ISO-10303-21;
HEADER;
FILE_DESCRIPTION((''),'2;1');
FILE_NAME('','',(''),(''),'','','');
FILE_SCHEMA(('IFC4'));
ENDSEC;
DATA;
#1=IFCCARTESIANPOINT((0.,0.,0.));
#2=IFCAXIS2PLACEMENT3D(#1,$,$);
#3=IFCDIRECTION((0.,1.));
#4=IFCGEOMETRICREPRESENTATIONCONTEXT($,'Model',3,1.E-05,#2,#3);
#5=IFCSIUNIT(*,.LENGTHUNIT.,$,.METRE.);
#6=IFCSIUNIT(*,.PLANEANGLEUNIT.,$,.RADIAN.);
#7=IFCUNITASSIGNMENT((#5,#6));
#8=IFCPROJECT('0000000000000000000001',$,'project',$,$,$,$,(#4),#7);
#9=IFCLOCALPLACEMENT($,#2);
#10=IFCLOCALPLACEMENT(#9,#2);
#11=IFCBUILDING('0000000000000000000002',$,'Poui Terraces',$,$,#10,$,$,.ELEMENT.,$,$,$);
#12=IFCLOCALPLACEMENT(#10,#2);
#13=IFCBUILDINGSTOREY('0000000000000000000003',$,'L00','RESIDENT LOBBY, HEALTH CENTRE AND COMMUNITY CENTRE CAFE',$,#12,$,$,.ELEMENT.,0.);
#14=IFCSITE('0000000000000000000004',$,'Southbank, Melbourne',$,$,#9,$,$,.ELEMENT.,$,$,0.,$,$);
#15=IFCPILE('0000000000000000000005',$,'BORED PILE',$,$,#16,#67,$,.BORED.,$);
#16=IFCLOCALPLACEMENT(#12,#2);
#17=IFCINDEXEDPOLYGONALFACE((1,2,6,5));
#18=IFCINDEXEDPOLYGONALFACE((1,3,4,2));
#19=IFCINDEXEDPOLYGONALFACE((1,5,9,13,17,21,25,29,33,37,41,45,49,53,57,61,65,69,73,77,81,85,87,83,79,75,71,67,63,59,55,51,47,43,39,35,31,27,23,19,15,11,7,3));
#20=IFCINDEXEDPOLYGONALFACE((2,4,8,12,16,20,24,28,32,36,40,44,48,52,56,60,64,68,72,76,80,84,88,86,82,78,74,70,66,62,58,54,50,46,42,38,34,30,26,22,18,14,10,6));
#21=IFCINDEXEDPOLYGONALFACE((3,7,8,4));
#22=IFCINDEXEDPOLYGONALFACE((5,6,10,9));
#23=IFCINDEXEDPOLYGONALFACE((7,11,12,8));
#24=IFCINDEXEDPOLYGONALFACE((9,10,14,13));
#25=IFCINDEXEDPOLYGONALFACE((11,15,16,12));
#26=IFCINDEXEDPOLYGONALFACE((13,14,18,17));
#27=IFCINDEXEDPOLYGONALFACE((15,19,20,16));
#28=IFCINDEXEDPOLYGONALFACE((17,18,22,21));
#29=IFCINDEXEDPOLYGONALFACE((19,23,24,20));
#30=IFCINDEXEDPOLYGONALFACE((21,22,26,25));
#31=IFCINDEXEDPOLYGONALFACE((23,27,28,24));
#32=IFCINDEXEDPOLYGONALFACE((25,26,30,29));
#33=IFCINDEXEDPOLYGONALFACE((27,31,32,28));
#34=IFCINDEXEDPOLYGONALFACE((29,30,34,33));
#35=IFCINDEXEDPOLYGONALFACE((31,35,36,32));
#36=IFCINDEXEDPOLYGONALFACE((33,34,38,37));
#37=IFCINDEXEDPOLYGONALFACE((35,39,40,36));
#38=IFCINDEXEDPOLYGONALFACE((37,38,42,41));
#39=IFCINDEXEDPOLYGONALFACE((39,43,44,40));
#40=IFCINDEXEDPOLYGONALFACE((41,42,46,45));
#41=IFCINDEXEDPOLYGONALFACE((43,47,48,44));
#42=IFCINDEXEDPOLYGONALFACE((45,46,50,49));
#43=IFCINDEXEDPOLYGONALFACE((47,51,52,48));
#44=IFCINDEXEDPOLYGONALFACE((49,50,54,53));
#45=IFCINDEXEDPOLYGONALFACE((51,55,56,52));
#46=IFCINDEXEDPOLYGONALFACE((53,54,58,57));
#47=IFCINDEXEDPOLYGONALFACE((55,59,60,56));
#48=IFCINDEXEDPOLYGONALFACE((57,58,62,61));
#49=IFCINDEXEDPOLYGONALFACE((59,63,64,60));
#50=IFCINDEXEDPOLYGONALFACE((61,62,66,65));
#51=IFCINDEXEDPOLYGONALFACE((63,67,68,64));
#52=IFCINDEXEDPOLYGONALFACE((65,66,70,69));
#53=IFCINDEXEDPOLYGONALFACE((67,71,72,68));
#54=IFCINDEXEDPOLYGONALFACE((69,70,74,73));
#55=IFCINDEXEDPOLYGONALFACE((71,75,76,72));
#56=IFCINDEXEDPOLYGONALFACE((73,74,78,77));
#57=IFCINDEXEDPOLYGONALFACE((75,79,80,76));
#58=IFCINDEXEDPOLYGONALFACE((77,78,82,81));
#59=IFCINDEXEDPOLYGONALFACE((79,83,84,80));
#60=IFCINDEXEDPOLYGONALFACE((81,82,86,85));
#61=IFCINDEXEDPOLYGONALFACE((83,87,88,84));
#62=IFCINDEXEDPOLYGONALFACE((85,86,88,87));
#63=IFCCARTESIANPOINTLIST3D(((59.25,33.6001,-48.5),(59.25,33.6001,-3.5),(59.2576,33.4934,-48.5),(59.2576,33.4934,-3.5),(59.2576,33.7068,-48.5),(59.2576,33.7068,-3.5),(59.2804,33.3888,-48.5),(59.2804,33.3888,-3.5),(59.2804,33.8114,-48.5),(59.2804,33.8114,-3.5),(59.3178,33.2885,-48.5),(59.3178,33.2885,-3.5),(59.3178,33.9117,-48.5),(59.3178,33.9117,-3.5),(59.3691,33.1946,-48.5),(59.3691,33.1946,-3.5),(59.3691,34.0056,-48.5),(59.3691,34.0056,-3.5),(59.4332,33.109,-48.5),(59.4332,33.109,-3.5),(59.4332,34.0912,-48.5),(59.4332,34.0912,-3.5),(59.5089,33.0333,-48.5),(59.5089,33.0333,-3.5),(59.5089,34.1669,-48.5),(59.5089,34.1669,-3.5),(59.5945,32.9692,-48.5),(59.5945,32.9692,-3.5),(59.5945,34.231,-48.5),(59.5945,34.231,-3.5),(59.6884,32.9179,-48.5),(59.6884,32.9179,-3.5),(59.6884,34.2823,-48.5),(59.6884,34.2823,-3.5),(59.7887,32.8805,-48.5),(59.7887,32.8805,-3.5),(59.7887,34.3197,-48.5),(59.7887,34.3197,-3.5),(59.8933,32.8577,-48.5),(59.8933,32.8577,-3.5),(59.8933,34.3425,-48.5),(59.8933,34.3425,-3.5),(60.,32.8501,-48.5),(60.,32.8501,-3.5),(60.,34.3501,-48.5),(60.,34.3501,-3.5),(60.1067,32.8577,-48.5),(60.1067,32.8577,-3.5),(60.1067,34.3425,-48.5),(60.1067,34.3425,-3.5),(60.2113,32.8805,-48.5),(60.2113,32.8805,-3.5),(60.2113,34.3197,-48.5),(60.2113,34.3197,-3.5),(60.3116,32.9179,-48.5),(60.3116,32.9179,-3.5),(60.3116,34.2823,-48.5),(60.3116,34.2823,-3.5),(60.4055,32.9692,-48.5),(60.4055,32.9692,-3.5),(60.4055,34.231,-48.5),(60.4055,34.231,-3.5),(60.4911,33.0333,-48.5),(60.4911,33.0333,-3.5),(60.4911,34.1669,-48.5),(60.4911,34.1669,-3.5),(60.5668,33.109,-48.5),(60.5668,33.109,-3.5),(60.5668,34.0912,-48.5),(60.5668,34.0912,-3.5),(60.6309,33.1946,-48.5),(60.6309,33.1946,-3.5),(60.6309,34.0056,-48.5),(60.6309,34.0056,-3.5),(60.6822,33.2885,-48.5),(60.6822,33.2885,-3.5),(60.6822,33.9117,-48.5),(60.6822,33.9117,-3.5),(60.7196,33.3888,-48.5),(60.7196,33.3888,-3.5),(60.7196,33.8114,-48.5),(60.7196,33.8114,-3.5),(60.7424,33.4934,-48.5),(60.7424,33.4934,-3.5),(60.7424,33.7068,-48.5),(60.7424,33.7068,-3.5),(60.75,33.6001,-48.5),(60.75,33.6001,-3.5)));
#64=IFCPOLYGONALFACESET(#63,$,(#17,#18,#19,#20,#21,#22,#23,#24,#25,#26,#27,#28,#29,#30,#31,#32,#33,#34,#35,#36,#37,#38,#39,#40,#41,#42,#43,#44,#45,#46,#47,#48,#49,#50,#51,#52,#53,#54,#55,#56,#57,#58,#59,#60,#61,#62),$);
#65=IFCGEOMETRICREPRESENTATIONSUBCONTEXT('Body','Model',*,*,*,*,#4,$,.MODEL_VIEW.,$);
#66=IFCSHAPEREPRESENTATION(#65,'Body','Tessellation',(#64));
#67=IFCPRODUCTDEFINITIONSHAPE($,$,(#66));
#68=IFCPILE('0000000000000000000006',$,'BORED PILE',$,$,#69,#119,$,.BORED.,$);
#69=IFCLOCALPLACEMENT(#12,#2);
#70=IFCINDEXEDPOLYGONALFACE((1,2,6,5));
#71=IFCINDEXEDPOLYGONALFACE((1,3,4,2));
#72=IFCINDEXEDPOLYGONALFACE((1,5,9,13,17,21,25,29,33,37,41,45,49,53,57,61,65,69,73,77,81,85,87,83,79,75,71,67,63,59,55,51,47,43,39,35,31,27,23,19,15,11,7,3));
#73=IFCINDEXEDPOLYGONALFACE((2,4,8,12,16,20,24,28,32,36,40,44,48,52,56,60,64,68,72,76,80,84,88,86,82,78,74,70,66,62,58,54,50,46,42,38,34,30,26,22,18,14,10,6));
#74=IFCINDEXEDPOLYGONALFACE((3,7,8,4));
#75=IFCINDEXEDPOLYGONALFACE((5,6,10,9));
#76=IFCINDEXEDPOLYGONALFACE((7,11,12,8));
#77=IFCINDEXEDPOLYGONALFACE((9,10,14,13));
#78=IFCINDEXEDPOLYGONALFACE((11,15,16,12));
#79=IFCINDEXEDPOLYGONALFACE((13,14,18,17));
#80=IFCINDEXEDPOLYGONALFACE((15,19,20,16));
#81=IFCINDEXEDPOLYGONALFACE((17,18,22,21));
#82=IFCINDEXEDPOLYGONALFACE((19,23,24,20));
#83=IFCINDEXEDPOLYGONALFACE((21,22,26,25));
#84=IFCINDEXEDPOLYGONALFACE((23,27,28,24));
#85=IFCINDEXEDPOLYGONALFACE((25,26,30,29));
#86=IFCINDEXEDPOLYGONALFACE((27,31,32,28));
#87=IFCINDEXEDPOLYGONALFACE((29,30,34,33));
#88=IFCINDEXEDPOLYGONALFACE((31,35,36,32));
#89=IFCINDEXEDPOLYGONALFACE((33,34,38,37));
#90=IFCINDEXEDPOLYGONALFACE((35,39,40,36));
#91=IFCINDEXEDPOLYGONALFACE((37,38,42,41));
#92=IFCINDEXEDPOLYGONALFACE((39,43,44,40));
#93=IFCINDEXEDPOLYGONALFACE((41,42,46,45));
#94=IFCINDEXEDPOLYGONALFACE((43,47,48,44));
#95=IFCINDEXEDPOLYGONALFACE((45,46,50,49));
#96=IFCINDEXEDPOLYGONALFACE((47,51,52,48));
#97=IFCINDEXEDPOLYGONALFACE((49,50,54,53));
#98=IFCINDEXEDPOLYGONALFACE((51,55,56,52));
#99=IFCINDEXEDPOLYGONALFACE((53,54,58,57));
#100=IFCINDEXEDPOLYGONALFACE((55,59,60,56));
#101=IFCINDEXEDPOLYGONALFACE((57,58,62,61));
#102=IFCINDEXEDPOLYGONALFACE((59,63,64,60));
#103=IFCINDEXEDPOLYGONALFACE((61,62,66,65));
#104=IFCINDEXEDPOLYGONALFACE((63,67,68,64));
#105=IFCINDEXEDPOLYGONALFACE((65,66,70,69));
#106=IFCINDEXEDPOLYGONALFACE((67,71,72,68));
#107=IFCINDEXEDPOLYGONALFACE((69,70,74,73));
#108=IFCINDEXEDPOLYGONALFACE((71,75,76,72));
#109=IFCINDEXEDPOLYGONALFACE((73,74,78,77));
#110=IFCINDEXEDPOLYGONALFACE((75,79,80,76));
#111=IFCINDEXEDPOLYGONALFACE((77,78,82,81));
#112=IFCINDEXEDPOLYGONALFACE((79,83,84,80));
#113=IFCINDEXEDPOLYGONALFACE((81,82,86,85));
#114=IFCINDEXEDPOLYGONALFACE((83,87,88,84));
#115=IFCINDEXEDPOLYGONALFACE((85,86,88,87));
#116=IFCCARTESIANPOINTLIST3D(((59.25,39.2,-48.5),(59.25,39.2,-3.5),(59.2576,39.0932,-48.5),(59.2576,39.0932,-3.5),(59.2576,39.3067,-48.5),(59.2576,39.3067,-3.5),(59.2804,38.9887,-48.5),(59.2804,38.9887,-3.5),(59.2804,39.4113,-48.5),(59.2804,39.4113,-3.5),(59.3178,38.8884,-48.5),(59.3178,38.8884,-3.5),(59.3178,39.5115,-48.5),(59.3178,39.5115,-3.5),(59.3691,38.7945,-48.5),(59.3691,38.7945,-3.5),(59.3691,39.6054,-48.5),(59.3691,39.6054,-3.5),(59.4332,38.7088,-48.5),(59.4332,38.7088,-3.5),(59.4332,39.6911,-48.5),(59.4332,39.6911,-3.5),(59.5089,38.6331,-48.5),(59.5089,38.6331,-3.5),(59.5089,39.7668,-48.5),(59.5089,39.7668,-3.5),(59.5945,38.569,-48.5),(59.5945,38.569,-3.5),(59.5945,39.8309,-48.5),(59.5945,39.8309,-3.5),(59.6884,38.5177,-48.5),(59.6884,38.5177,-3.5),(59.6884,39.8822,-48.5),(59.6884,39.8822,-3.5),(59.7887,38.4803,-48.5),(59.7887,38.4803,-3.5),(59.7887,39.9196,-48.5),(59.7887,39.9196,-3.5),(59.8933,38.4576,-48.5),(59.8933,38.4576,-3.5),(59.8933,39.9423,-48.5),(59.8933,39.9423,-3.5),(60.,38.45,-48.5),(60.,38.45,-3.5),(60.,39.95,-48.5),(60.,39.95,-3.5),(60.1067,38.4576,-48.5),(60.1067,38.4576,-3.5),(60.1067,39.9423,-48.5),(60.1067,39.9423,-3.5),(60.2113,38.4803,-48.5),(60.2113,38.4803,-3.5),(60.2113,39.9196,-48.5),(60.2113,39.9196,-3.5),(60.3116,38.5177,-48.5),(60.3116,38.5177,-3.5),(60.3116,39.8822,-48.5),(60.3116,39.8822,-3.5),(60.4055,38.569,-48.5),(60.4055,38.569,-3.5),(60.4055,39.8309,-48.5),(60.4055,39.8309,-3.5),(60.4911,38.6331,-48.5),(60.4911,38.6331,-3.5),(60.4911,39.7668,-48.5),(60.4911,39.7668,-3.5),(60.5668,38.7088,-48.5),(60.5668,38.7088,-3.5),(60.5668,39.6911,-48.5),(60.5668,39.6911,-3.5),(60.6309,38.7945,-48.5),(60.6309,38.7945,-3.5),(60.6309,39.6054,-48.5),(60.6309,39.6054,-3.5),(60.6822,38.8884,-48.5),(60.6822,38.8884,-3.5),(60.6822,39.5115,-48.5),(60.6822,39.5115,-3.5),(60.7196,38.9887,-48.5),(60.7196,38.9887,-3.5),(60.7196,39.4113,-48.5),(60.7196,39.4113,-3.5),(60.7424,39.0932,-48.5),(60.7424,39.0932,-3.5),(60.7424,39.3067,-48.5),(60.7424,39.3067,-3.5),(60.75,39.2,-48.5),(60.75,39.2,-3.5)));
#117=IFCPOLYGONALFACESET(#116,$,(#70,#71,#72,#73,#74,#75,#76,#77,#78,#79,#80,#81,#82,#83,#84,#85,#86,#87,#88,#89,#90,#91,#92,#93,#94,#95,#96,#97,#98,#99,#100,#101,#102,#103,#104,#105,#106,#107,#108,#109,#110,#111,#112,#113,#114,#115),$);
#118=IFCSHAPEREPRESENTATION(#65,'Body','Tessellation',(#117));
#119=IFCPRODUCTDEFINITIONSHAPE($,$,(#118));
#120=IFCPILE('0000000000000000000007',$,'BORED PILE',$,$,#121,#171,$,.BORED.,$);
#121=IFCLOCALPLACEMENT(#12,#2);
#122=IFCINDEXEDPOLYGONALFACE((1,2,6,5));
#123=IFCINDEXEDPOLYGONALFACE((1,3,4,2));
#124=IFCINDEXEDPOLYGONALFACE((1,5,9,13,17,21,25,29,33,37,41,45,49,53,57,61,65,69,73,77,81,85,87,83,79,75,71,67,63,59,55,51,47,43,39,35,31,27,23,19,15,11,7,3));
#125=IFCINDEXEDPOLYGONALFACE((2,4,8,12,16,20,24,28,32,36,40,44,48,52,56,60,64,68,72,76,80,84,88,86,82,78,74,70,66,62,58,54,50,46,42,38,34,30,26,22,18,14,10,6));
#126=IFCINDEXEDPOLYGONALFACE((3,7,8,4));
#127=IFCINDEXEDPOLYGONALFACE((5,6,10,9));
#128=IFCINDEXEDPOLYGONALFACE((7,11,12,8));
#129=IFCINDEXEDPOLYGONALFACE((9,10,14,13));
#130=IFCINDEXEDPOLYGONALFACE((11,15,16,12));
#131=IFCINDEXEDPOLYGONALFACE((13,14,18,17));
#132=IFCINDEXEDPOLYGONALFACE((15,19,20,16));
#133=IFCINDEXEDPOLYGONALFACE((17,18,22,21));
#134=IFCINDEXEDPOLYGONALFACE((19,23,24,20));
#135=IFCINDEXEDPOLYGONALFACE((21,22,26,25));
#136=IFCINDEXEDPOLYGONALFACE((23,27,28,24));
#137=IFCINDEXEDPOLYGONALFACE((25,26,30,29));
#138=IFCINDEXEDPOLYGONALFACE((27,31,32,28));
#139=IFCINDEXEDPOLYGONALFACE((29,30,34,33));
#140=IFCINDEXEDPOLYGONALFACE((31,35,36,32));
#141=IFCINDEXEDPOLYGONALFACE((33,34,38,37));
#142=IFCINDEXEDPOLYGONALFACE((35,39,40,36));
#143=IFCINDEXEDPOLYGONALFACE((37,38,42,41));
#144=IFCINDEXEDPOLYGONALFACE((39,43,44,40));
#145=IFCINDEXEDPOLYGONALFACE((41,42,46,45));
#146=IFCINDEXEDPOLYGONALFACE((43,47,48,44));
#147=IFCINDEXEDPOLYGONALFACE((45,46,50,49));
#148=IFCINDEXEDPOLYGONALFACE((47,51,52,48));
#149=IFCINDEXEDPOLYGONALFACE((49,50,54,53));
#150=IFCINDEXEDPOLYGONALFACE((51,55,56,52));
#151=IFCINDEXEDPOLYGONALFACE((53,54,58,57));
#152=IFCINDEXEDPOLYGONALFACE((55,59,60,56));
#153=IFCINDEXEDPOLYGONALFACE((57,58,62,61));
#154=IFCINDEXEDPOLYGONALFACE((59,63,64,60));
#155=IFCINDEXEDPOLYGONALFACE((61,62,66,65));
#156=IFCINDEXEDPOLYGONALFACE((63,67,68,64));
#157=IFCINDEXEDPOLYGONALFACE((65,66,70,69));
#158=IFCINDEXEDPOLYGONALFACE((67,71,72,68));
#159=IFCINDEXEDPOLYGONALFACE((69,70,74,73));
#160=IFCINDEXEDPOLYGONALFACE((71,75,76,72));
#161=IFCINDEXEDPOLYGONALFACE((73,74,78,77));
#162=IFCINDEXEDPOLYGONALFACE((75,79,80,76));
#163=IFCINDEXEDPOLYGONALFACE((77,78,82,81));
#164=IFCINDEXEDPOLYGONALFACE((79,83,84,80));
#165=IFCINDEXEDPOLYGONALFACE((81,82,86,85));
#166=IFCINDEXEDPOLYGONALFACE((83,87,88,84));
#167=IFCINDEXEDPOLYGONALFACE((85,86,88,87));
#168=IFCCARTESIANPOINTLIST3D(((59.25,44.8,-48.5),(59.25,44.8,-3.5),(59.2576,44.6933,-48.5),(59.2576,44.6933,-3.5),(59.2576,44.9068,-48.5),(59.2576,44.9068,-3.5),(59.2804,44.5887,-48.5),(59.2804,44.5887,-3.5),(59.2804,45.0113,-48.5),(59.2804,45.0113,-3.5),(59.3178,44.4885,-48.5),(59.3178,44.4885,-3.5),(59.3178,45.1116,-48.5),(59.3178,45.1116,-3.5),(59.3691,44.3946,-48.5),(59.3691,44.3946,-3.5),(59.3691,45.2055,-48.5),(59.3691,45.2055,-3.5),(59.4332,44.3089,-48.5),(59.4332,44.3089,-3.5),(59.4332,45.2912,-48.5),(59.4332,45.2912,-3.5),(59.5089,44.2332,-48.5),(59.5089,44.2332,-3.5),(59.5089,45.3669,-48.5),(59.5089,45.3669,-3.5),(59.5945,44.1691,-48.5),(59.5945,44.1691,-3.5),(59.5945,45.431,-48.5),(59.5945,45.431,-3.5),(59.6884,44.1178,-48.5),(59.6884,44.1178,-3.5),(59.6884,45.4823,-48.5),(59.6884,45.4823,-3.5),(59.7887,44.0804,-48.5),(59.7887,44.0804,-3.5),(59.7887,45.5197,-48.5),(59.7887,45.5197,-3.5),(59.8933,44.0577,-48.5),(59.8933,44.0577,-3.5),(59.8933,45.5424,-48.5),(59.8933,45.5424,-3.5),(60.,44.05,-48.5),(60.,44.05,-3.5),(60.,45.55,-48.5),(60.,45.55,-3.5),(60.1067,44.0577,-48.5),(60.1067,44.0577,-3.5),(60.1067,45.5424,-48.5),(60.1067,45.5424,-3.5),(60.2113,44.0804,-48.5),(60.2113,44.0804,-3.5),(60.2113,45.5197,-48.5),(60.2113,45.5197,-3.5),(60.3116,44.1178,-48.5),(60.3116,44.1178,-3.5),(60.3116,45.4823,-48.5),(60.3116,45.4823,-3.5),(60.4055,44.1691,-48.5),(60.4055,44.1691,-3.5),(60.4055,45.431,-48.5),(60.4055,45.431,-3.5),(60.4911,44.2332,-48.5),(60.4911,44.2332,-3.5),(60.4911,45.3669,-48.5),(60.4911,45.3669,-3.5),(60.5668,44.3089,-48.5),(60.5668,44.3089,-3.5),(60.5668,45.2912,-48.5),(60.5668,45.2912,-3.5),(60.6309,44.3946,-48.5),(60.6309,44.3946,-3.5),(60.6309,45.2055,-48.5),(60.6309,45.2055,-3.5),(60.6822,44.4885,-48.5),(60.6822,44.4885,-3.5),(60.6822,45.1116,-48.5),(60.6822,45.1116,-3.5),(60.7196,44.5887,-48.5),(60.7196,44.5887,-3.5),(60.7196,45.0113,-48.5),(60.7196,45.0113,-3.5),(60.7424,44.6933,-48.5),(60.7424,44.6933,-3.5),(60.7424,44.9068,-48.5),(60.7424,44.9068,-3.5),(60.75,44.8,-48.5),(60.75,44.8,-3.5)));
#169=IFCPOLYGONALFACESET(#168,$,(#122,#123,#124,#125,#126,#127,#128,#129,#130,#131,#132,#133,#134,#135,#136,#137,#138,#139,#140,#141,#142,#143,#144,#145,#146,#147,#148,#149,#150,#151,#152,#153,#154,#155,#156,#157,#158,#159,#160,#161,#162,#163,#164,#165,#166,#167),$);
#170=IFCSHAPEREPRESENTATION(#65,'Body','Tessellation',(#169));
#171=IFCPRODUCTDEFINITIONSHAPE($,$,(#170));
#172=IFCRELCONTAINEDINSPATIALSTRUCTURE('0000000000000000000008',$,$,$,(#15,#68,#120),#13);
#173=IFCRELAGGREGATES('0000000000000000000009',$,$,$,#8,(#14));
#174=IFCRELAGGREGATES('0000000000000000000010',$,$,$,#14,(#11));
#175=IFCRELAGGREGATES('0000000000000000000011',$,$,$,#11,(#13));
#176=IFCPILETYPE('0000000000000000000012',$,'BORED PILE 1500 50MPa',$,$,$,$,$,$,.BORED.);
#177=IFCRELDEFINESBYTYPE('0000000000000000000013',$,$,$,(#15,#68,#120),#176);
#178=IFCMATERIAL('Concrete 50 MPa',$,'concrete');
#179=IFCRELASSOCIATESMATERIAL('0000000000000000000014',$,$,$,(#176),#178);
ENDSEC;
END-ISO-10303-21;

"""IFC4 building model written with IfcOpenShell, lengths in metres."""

from ifc_helpers import new_model, si_unit, direction, frame, origin, origin_2d, place, context, subcontext, project, spatial, circle, extrude, material, material_profile, profile_set, type_object, element, save


model = new_model("IFC4")

# Units and contexts
model_context = context("Model", 3, precision=1e-05, world=origin(), true_north=direction((0.0, 1.0)))
body_context = subcontext(model_context, "Body", "Model", "MODEL_VIEW")
ifc_project = project(units=[si_unit("LENGTHUNIT", "METRE"), si_unit("PLANEANGLEUNIT", "RADIAN")], contexts=[model_context])

# Site, building, storey
site_placement = place(None, origin())
site = spatial("IfcSite", under=ifc_project, at=site_placement, Name="Southbank, Melbourne", CompositionType="ELEMENT", RefElevation=0.0)
building_placement = place(site_placement, origin())
building = spatial("IfcBuilding", under=site, at=building_placement, Name="Poui Terraces", CompositionType="ELEMENT")
storey_placement = place(building_placement, origin())
storey = spatial("IfcBuildingStorey", under=building, at=storey_placement, Name="L00", Description="RESIDENT LOBBY, HEALTH CENTRE AND COMMUNITY CENTRE CAFE", CompositionType="ELEMENT", Elevation=0.0)

# Piles
ifc_material_1 = material(Name="Concrete 50 MPa", Category="concrete")
ifc_material_profile_1 = material_profile(ifc_material_1, circle(Radius=0.75, at=origin_2d()), Name="RC D1500")
ifc_profile_set_1 = profile_set([ifc_material_profile_1], Name="Concrete 50 MPa")
pile_type = type_object("IfcPileType", Name="BORED PILE 1500 50MPa", PredefinedType="BORED", material=ifc_profile_set_1)
for number, where, z_axis, x_axis, name in (
    (1, (60.0, 33.6001, -3.5), (0.0, 0.0, -1.0), (1.0, 0.0, 0.0), "BORED PILE"),
    (2, (60.0, 39.2, -3.5), (0.0, 0.0, -1.0), (1.0, 0.0, 0.0), "BORED PILE"),
    (3, (60.0, 44.8, -3.5), (0.0, 0.0, -1.0), (1.0, 0.0, 0.0), "BORED PILE"),
):
    element("IfcPile", number, at=place(storey_placement, frame(where, z_axis=z_axis, x_axis=x_axis)), inside=storey, type_object=pile_type, Name=name, PredefinedType="BORED", context=body_context, shape_type="SweptSolid", body=[
        extrude(circle(Radius=0.75, at=origin_2d()), origin(), (0.0, 0.0, 1.0), 45.0),
    ])

save(model, "model.ifc")
